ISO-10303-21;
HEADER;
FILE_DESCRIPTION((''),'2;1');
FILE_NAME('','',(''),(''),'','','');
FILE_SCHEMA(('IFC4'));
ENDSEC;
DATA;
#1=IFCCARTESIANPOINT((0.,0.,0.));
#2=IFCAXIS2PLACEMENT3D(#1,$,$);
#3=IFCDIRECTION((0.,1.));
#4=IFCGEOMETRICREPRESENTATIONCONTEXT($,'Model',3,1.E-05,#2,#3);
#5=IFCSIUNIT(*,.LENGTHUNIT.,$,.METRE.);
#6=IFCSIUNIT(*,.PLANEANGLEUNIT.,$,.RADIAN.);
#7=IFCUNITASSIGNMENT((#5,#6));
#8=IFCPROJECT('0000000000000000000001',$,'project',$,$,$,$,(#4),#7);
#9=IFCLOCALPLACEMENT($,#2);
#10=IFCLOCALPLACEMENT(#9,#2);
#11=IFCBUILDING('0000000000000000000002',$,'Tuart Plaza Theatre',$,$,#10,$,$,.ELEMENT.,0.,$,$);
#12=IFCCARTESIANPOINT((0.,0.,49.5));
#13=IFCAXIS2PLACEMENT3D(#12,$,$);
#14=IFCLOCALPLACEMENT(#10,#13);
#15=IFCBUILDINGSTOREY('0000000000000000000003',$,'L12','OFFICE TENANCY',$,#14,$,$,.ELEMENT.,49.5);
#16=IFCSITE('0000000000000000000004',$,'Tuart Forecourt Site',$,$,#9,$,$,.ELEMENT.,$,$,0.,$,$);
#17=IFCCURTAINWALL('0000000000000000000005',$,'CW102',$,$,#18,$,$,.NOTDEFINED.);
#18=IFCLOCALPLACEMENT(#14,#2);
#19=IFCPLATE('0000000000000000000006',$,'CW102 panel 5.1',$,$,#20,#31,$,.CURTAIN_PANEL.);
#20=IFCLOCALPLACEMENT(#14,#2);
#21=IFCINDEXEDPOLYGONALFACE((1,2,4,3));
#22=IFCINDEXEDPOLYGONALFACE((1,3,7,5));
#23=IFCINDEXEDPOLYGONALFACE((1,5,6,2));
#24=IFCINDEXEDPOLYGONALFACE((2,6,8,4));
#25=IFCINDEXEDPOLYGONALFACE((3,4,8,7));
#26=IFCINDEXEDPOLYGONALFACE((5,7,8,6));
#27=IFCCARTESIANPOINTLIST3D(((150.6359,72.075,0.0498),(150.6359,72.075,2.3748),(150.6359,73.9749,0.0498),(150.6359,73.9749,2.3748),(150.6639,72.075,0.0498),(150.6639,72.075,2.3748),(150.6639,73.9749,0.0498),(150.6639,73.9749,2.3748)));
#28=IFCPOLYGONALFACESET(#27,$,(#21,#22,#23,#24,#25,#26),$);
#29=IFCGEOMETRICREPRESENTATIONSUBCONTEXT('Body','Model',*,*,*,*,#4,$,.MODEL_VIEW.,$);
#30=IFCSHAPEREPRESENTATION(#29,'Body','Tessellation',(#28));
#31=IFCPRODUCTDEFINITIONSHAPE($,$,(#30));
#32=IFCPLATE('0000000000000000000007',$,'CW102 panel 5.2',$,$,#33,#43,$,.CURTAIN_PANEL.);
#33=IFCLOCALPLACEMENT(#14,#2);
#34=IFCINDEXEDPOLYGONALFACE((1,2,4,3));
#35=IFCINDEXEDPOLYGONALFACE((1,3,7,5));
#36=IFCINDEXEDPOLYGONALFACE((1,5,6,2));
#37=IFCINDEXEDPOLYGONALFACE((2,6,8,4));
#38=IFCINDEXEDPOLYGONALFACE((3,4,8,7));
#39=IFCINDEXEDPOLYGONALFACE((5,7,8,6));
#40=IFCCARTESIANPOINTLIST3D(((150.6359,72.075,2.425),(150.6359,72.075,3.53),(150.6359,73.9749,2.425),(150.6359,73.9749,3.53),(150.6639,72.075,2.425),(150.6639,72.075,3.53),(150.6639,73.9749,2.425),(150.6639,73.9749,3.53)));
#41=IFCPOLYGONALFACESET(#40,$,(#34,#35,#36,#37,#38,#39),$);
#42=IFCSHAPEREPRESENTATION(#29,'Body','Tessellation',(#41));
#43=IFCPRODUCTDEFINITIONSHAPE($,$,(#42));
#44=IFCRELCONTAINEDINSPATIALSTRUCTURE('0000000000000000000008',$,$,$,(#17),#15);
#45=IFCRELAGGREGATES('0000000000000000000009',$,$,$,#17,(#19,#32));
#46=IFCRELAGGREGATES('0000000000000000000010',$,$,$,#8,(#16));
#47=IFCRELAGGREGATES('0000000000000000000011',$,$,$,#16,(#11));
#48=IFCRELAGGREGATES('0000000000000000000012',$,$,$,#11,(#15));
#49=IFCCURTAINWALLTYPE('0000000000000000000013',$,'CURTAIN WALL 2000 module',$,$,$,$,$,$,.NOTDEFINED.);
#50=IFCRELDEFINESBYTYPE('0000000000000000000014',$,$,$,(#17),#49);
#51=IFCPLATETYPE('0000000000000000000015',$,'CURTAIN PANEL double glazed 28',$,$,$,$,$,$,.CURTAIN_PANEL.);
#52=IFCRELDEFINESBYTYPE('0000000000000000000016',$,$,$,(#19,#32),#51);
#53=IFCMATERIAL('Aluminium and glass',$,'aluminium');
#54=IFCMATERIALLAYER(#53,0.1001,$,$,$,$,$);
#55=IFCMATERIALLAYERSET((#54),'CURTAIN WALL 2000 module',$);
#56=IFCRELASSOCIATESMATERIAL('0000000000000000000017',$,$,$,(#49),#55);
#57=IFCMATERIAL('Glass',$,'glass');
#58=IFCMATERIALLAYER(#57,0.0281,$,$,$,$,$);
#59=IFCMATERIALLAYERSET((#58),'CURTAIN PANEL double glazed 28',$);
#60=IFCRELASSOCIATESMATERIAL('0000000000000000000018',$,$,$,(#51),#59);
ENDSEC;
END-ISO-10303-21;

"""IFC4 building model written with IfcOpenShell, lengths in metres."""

from ifc_helpers import new_model, si_unit, direction, frame, origin, origin_2d, place, context, subcontext, project, spatial, rectangle, extrude, material, layer, layer_set, type_object, element, aggregate, save


model = new_model("IFC4")

# Units and contexts
model_context = context("Model", 3, precision=1e-05, world=origin(), true_north=direction((0.0, 1.0)))
body_context = subcontext(model_context, "Body", "Model", "MODEL_VIEW")
ifc_project = project(units=[si_unit("LENGTHUNIT", "METRE"), si_unit("PLANEANGLEUNIT", "RADIAN")], contexts=[model_context])

# Site, building, storey
site_placement = place(None, origin())
site = spatial("IfcSite", under=ifc_project, at=site_placement, Name="Tuart Forecourt Site", CompositionType="ELEMENT", RefElevation=0.0)
building_placement = place(site_placement, origin())
building = spatial("IfcBuilding", under=site, at=building_placement, Name="Tuart Plaza Theatre", CompositionType="ELEMENT", ElevationOfRefHeight=0.0)
storey_placement = place(building_placement, frame((0.0, 0.0, 49.5)))
storey = spatial("IfcBuildingStorey", under=building, at=storey_placement, Name="L12", Description="OFFICE TENANCY", CompositionType="ELEMENT", Elevation=49.5)

# Curtain wall, plates
ifc_material_1 = material(Name="Aluminium and glass", Category="aluminium")
ifc_layer_1 = layer(ifc_material_1, 0.1001)
ifc_layer_set_1 = layer_set([ifc_layer_1], Name="CURTAIN WALL 2000 module")
curtain_wall_type = type_object("IfcCurtainWallType", Name="CURTAIN WALL 2000 module", PredefinedType="NOTDEFINED", material=ifc_layer_set_1)
curtain_wall_placement = place(storey_placement, origin())
curtain_wall = element("IfcCurtainWall", 1, at=curtain_wall_placement, inside=storey, type_object=curtain_wall_type, Name="CW102", PredefinedType="NOTDEFINED")
ifc_material_2 = material(Name="Glass", Category="glass")
ifc_layer_2 = layer(ifc_material_2, 0.0281)
ifc_layer_set_2 = layer_set([ifc_layer_2], Name="CURTAIN PANEL double glazed 28")
plate_type = type_object("IfcPlateType", Name="CURTAIN PANEL double glazed 28", PredefinedType="CURTAIN_PANEL", material=ifc_layer_set_2)
plate_1_placement = place(storey_placement, frame((150.6499, 73.0249, 0.0498), z_axis=(0.0, 0.0, 1.0), x_axis=(0.0, 1.0, 0.0)))
plate_1 = element("IfcPlate", 2, at=plate_1_placement, type_object=plate_type, Name="CW102 panel 5.1", PredefinedType="CURTAIN_PANEL", context=body_context, shape_type="SweptSolid", body=[
    extrude(rectangle(XDim=1.8999, YDim=0.0281, at=origin_2d()), origin(), (0.0, 0.0, 1.0), 2.325),
])
plate_2_placement = place(storey_placement, frame((150.6499, 73.0249, 2.425), z_axis=(0.0, 0.0, 1.0), x_axis=(0.0, 1.0, 0.0)))
plate_2 = element("IfcPlate", 3, at=plate_2_placement, type_object=plate_type, Name="CW102 panel 5.2", PredefinedType="CURTAIN_PANEL", context=body_context, shape_type="SweptSolid", body=[
    extrude(rectangle(XDim=1.8999, YDim=0.0281, at=origin_2d()), origin(), (0.0, 0.0, 1.0), 1.105),
])
aggregate(curtain_wall, [plate_1, plate_2])

save(model, "model.ifc")
